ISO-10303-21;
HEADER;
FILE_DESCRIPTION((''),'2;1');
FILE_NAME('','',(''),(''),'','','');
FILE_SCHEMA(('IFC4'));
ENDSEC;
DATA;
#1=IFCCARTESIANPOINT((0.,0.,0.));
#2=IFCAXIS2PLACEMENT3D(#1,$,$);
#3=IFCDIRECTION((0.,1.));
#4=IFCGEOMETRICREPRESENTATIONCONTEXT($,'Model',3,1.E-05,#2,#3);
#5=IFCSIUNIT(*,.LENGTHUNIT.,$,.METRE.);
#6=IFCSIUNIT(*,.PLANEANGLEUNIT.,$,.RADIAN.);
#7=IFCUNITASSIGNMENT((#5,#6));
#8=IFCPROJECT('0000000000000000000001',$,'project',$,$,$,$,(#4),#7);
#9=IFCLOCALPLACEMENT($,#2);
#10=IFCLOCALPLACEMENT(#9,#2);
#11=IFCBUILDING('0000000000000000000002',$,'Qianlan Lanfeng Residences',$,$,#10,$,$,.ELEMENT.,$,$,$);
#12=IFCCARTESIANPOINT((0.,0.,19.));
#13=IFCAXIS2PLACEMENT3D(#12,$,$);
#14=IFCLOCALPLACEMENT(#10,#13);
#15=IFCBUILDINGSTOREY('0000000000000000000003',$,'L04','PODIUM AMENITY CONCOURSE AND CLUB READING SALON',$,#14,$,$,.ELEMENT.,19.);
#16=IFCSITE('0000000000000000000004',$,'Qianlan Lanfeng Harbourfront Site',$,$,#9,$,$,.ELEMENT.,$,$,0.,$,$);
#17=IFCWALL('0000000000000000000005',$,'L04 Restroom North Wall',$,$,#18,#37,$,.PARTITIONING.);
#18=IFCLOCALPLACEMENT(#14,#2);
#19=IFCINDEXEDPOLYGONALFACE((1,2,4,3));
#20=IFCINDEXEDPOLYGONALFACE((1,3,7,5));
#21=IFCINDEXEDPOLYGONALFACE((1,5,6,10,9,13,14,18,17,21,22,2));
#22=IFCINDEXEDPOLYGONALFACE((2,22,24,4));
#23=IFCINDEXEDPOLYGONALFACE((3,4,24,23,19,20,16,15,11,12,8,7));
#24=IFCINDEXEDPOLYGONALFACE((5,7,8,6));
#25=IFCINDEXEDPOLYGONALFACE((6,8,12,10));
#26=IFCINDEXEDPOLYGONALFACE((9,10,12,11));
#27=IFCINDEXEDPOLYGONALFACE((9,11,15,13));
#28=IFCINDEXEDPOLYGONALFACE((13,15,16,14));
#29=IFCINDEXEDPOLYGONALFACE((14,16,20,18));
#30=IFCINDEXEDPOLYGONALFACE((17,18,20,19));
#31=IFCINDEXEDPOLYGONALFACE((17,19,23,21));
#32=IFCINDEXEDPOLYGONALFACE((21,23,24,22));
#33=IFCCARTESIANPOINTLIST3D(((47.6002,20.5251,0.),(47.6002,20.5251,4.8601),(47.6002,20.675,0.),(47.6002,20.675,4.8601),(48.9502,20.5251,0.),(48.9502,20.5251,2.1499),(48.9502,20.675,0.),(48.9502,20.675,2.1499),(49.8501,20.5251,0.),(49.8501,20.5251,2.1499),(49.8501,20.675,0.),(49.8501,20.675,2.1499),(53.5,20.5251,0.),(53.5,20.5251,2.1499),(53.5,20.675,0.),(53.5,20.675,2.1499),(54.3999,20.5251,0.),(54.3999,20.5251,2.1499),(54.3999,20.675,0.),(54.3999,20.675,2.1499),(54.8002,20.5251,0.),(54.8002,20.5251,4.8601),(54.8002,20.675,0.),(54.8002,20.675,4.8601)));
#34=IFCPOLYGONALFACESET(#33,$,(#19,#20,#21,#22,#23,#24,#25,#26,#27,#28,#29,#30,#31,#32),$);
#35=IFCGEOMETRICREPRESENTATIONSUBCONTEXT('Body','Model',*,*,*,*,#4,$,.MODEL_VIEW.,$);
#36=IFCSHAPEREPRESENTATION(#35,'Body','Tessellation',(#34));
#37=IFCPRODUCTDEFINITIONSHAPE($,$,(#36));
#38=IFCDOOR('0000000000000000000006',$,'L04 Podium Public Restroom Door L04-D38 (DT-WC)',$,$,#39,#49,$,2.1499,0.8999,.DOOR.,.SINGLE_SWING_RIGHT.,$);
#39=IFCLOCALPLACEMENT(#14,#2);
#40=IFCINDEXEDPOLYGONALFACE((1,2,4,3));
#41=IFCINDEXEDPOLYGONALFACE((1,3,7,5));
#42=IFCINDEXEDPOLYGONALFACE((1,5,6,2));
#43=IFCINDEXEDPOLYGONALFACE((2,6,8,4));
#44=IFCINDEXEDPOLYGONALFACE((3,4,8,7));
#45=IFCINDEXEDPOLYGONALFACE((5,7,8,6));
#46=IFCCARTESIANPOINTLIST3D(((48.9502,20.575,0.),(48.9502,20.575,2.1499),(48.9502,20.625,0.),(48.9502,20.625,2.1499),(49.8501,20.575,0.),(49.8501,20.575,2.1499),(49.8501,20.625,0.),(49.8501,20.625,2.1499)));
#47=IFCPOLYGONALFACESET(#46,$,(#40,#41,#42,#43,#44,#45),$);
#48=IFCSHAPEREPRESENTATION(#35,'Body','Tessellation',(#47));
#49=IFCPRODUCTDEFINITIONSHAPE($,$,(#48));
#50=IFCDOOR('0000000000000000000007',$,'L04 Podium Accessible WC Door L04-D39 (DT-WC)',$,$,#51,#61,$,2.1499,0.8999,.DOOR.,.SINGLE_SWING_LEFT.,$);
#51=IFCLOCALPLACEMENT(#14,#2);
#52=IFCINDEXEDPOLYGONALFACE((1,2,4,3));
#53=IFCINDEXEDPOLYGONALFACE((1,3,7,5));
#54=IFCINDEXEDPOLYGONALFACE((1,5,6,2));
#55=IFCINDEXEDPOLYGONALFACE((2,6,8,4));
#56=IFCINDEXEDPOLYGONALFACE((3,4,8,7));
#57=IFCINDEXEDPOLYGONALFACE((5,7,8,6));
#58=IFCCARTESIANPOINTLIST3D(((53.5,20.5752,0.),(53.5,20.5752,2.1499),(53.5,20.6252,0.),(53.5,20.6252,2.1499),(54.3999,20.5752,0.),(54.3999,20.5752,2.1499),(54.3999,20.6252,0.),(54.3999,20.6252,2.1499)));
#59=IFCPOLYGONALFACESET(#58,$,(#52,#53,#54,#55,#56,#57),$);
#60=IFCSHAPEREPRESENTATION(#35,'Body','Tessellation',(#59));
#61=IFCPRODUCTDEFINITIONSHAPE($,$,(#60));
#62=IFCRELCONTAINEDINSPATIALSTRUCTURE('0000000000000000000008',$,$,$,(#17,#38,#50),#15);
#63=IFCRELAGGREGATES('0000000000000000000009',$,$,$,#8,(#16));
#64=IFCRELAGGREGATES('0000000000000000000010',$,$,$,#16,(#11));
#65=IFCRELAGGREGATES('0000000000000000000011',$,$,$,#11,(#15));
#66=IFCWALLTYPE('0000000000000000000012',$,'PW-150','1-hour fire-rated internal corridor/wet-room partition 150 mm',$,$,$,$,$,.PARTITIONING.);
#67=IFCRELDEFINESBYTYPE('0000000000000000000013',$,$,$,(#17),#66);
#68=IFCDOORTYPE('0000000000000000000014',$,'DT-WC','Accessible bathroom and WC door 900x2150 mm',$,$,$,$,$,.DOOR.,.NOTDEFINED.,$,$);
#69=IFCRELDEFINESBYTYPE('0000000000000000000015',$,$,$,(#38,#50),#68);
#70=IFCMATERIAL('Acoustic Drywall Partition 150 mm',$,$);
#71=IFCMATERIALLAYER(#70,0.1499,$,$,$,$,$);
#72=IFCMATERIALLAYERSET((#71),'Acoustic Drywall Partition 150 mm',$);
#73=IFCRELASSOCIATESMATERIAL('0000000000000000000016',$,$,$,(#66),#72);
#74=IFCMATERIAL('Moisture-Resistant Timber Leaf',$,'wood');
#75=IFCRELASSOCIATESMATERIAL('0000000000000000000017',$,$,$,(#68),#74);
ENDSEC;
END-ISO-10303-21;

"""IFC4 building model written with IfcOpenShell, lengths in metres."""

from ifc_helpers import new_model, si_unit, direction, frame, frame_2d, origin, place, context, subcontext, project, spatial, rectangle, extrude, material, layer, layer_set, type_object, element, fill, save


model = new_model("IFC4")

# Units and contexts
model_context = context("Model", 3, precision=1e-05, world=origin(), true_north=direction((0.0, 1.0)))
body_context = subcontext(model_context, "Body", "Model", "MODEL_VIEW")
ifc_project = project(units=[si_unit("LENGTHUNIT", "METRE"), si_unit("PLANEANGLEUNIT", "RADIAN")], contexts=[model_context])

# Site, building, storey
site_placement = place(None, origin())
site = spatial("IfcSite", under=ifc_project, at=site_placement, Name="Qianlan Lanfeng Harbourfront Site", CompositionType="ELEMENT", RefElevation=0.0)
building_placement = place(site_placement, origin())
building = spatial("IfcBuilding", under=site, at=building_placement, Name="Qianlan Lanfeng Residences", CompositionType="ELEMENT")
storey_placement = place(building_placement, frame((0.0, 0.0, 19.0)))
storey = spatial("IfcBuildingStorey", under=building, at=storey_placement, Name="L04", Description="PODIUM AMENITY CONCOURSE AND CLUB READING SALON", CompositionType="ELEMENT", Elevation=19.0)

# Shared definitions
ifc_material_1 = material(Name="Acoustic Drywall Partition 150 mm")
ifc_layer_1 = layer(ifc_material_1, 0.1499)
ifc_layer_set_1 = layer_set([ifc_layer_1], Name="Acoustic Drywall Partition 150 mm")
wall_type = type_object("IfcWallType", Name="PW-150", Description="1-hour fire-rated internal corridor/wet-room partition 150 mm", PredefinedType="PARTITIONING", material=ifc_layer_set_1)

# Wall, openings, doors
wall_1_placement = place(storey_placement, frame((47.6001, 20.6001, 0.0), z_axis=(0.0, 0.0, 1.0), x_axis=(1.0, 0.0, 0.0)))
wall_1 = element("IfcWall", 1, at=wall_1_placement, inside=storey, type_object=wall_type, Name="L04 Restroom North Wall", PredefinedType="PARTITIONING", context=body_context, shape_type="SweptSolid", body=[
    extrude(rectangle(XDim=7.2, YDim=0.1499, at=frame_2d((3.6001, 0.0))), origin(), (0.0, 0.0, 1.0), 4.8601),
])
opening_1_placement = place(wall_1_placement, frame((1.3501, 0.0, 0.0)))
opening_1 = element("IfcOpeningElement", 2, at=opening_1_placement, cuts=wall_1, PredefinedType="OPENING", context=body_context, shape_type="SweptSolid", body=[
    extrude(rectangle(XDim=0.8999, YDim=2.1499, at=frame_2d((0.45, 1.075))), frame((0.0, 0.085, 0.0), z_axis=(0.0, -1.0, 0.0), x_axis=(1.0, 0.0, 0.0)), (0.0, 0.0, 1.0), 0.1699),
])
opening_2_placement = place(wall_1_placement, frame((5.8999, 0.0, 0.0)))
opening_2 = element("IfcOpeningElement", 3, at=opening_2_placement, cuts=wall_1, PredefinedType="OPENING", context=body_context, shape_type="SweptSolid", body=[
    extrude(rectangle(XDim=0.8999, YDim=2.1499, at=frame_2d((0.45, 1.075))), frame((0.0, 0.085, 0.0), z_axis=(0.0, -1.0, 0.0), x_axis=(1.0, 0.0, 0.0)), (0.0, 0.0, 1.0), 0.1699),
])
ifc_material_2 = material(Name="Moisture-Resistant Timber Leaf", Category="wood")
door_type = type_object("IfcDoorType", Name="DT-WC", Description="Accessible bathroom and WC door 900x2150 mm", OperationType="NOTDEFINED", PredefinedType="DOOR", material=ifc_material_2)
door_1_placement = place(opening_1_placement, origin())
door_1 = element("IfcDoor", 4, at=door_1_placement, inside=storey, type_object=door_type, Name="L04 Podium Public Restroom Door L04-D38 (DT-WC)", OperationType="SINGLE_SWING_RIGHT", OverallHeight=2.1499, OverallWidth=0.8999, PredefinedType="DOOR", context=body_context, shape_type="SweptSolid", body=[
    extrude(rectangle(XDim=0.8999, YDim=2.1499, at=frame_2d((0.45, 1.075))), frame((0.0, 0.0249, 0.0), z_axis=(0.0, -1.0, 0.0), x_axis=(1.0, 0.0, 0.0)), (0.0, 0.0, 1.0), 0.05),
])
fill(opening_1, door_1)
door_2_placement = place(opening_2_placement, frame((0.8999, 0.0, 0.0), z_axis=(0.0, 0.0, 1.0), x_axis=(-1.0, 0.0, 0.0)))
door_2 = element("IfcDoor", 5, at=door_2_placement, inside=storey, type_object=door_type, Name="L04 Podium Accessible WC Door L04-D39 (DT-WC)", OperationType="SINGLE_SWING_LEFT", OverallHeight=2.1499, OverallWidth=0.8999, PredefinedType="DOOR", context=body_context, shape_type="SweptSolid", body=[
    extrude(rectangle(XDim=0.8999, YDim=2.1499, at=frame_2d((0.45, 1.075))), frame((0.0, 0.0249, 0.0), z_axis=(0.0, -1.0, 0.0), x_axis=(1.0, 0.0, 0.0)), (0.0, 0.0, 1.0), 0.05),
])
fill(opening_2, door_2)

save(model, "model.ifc")
